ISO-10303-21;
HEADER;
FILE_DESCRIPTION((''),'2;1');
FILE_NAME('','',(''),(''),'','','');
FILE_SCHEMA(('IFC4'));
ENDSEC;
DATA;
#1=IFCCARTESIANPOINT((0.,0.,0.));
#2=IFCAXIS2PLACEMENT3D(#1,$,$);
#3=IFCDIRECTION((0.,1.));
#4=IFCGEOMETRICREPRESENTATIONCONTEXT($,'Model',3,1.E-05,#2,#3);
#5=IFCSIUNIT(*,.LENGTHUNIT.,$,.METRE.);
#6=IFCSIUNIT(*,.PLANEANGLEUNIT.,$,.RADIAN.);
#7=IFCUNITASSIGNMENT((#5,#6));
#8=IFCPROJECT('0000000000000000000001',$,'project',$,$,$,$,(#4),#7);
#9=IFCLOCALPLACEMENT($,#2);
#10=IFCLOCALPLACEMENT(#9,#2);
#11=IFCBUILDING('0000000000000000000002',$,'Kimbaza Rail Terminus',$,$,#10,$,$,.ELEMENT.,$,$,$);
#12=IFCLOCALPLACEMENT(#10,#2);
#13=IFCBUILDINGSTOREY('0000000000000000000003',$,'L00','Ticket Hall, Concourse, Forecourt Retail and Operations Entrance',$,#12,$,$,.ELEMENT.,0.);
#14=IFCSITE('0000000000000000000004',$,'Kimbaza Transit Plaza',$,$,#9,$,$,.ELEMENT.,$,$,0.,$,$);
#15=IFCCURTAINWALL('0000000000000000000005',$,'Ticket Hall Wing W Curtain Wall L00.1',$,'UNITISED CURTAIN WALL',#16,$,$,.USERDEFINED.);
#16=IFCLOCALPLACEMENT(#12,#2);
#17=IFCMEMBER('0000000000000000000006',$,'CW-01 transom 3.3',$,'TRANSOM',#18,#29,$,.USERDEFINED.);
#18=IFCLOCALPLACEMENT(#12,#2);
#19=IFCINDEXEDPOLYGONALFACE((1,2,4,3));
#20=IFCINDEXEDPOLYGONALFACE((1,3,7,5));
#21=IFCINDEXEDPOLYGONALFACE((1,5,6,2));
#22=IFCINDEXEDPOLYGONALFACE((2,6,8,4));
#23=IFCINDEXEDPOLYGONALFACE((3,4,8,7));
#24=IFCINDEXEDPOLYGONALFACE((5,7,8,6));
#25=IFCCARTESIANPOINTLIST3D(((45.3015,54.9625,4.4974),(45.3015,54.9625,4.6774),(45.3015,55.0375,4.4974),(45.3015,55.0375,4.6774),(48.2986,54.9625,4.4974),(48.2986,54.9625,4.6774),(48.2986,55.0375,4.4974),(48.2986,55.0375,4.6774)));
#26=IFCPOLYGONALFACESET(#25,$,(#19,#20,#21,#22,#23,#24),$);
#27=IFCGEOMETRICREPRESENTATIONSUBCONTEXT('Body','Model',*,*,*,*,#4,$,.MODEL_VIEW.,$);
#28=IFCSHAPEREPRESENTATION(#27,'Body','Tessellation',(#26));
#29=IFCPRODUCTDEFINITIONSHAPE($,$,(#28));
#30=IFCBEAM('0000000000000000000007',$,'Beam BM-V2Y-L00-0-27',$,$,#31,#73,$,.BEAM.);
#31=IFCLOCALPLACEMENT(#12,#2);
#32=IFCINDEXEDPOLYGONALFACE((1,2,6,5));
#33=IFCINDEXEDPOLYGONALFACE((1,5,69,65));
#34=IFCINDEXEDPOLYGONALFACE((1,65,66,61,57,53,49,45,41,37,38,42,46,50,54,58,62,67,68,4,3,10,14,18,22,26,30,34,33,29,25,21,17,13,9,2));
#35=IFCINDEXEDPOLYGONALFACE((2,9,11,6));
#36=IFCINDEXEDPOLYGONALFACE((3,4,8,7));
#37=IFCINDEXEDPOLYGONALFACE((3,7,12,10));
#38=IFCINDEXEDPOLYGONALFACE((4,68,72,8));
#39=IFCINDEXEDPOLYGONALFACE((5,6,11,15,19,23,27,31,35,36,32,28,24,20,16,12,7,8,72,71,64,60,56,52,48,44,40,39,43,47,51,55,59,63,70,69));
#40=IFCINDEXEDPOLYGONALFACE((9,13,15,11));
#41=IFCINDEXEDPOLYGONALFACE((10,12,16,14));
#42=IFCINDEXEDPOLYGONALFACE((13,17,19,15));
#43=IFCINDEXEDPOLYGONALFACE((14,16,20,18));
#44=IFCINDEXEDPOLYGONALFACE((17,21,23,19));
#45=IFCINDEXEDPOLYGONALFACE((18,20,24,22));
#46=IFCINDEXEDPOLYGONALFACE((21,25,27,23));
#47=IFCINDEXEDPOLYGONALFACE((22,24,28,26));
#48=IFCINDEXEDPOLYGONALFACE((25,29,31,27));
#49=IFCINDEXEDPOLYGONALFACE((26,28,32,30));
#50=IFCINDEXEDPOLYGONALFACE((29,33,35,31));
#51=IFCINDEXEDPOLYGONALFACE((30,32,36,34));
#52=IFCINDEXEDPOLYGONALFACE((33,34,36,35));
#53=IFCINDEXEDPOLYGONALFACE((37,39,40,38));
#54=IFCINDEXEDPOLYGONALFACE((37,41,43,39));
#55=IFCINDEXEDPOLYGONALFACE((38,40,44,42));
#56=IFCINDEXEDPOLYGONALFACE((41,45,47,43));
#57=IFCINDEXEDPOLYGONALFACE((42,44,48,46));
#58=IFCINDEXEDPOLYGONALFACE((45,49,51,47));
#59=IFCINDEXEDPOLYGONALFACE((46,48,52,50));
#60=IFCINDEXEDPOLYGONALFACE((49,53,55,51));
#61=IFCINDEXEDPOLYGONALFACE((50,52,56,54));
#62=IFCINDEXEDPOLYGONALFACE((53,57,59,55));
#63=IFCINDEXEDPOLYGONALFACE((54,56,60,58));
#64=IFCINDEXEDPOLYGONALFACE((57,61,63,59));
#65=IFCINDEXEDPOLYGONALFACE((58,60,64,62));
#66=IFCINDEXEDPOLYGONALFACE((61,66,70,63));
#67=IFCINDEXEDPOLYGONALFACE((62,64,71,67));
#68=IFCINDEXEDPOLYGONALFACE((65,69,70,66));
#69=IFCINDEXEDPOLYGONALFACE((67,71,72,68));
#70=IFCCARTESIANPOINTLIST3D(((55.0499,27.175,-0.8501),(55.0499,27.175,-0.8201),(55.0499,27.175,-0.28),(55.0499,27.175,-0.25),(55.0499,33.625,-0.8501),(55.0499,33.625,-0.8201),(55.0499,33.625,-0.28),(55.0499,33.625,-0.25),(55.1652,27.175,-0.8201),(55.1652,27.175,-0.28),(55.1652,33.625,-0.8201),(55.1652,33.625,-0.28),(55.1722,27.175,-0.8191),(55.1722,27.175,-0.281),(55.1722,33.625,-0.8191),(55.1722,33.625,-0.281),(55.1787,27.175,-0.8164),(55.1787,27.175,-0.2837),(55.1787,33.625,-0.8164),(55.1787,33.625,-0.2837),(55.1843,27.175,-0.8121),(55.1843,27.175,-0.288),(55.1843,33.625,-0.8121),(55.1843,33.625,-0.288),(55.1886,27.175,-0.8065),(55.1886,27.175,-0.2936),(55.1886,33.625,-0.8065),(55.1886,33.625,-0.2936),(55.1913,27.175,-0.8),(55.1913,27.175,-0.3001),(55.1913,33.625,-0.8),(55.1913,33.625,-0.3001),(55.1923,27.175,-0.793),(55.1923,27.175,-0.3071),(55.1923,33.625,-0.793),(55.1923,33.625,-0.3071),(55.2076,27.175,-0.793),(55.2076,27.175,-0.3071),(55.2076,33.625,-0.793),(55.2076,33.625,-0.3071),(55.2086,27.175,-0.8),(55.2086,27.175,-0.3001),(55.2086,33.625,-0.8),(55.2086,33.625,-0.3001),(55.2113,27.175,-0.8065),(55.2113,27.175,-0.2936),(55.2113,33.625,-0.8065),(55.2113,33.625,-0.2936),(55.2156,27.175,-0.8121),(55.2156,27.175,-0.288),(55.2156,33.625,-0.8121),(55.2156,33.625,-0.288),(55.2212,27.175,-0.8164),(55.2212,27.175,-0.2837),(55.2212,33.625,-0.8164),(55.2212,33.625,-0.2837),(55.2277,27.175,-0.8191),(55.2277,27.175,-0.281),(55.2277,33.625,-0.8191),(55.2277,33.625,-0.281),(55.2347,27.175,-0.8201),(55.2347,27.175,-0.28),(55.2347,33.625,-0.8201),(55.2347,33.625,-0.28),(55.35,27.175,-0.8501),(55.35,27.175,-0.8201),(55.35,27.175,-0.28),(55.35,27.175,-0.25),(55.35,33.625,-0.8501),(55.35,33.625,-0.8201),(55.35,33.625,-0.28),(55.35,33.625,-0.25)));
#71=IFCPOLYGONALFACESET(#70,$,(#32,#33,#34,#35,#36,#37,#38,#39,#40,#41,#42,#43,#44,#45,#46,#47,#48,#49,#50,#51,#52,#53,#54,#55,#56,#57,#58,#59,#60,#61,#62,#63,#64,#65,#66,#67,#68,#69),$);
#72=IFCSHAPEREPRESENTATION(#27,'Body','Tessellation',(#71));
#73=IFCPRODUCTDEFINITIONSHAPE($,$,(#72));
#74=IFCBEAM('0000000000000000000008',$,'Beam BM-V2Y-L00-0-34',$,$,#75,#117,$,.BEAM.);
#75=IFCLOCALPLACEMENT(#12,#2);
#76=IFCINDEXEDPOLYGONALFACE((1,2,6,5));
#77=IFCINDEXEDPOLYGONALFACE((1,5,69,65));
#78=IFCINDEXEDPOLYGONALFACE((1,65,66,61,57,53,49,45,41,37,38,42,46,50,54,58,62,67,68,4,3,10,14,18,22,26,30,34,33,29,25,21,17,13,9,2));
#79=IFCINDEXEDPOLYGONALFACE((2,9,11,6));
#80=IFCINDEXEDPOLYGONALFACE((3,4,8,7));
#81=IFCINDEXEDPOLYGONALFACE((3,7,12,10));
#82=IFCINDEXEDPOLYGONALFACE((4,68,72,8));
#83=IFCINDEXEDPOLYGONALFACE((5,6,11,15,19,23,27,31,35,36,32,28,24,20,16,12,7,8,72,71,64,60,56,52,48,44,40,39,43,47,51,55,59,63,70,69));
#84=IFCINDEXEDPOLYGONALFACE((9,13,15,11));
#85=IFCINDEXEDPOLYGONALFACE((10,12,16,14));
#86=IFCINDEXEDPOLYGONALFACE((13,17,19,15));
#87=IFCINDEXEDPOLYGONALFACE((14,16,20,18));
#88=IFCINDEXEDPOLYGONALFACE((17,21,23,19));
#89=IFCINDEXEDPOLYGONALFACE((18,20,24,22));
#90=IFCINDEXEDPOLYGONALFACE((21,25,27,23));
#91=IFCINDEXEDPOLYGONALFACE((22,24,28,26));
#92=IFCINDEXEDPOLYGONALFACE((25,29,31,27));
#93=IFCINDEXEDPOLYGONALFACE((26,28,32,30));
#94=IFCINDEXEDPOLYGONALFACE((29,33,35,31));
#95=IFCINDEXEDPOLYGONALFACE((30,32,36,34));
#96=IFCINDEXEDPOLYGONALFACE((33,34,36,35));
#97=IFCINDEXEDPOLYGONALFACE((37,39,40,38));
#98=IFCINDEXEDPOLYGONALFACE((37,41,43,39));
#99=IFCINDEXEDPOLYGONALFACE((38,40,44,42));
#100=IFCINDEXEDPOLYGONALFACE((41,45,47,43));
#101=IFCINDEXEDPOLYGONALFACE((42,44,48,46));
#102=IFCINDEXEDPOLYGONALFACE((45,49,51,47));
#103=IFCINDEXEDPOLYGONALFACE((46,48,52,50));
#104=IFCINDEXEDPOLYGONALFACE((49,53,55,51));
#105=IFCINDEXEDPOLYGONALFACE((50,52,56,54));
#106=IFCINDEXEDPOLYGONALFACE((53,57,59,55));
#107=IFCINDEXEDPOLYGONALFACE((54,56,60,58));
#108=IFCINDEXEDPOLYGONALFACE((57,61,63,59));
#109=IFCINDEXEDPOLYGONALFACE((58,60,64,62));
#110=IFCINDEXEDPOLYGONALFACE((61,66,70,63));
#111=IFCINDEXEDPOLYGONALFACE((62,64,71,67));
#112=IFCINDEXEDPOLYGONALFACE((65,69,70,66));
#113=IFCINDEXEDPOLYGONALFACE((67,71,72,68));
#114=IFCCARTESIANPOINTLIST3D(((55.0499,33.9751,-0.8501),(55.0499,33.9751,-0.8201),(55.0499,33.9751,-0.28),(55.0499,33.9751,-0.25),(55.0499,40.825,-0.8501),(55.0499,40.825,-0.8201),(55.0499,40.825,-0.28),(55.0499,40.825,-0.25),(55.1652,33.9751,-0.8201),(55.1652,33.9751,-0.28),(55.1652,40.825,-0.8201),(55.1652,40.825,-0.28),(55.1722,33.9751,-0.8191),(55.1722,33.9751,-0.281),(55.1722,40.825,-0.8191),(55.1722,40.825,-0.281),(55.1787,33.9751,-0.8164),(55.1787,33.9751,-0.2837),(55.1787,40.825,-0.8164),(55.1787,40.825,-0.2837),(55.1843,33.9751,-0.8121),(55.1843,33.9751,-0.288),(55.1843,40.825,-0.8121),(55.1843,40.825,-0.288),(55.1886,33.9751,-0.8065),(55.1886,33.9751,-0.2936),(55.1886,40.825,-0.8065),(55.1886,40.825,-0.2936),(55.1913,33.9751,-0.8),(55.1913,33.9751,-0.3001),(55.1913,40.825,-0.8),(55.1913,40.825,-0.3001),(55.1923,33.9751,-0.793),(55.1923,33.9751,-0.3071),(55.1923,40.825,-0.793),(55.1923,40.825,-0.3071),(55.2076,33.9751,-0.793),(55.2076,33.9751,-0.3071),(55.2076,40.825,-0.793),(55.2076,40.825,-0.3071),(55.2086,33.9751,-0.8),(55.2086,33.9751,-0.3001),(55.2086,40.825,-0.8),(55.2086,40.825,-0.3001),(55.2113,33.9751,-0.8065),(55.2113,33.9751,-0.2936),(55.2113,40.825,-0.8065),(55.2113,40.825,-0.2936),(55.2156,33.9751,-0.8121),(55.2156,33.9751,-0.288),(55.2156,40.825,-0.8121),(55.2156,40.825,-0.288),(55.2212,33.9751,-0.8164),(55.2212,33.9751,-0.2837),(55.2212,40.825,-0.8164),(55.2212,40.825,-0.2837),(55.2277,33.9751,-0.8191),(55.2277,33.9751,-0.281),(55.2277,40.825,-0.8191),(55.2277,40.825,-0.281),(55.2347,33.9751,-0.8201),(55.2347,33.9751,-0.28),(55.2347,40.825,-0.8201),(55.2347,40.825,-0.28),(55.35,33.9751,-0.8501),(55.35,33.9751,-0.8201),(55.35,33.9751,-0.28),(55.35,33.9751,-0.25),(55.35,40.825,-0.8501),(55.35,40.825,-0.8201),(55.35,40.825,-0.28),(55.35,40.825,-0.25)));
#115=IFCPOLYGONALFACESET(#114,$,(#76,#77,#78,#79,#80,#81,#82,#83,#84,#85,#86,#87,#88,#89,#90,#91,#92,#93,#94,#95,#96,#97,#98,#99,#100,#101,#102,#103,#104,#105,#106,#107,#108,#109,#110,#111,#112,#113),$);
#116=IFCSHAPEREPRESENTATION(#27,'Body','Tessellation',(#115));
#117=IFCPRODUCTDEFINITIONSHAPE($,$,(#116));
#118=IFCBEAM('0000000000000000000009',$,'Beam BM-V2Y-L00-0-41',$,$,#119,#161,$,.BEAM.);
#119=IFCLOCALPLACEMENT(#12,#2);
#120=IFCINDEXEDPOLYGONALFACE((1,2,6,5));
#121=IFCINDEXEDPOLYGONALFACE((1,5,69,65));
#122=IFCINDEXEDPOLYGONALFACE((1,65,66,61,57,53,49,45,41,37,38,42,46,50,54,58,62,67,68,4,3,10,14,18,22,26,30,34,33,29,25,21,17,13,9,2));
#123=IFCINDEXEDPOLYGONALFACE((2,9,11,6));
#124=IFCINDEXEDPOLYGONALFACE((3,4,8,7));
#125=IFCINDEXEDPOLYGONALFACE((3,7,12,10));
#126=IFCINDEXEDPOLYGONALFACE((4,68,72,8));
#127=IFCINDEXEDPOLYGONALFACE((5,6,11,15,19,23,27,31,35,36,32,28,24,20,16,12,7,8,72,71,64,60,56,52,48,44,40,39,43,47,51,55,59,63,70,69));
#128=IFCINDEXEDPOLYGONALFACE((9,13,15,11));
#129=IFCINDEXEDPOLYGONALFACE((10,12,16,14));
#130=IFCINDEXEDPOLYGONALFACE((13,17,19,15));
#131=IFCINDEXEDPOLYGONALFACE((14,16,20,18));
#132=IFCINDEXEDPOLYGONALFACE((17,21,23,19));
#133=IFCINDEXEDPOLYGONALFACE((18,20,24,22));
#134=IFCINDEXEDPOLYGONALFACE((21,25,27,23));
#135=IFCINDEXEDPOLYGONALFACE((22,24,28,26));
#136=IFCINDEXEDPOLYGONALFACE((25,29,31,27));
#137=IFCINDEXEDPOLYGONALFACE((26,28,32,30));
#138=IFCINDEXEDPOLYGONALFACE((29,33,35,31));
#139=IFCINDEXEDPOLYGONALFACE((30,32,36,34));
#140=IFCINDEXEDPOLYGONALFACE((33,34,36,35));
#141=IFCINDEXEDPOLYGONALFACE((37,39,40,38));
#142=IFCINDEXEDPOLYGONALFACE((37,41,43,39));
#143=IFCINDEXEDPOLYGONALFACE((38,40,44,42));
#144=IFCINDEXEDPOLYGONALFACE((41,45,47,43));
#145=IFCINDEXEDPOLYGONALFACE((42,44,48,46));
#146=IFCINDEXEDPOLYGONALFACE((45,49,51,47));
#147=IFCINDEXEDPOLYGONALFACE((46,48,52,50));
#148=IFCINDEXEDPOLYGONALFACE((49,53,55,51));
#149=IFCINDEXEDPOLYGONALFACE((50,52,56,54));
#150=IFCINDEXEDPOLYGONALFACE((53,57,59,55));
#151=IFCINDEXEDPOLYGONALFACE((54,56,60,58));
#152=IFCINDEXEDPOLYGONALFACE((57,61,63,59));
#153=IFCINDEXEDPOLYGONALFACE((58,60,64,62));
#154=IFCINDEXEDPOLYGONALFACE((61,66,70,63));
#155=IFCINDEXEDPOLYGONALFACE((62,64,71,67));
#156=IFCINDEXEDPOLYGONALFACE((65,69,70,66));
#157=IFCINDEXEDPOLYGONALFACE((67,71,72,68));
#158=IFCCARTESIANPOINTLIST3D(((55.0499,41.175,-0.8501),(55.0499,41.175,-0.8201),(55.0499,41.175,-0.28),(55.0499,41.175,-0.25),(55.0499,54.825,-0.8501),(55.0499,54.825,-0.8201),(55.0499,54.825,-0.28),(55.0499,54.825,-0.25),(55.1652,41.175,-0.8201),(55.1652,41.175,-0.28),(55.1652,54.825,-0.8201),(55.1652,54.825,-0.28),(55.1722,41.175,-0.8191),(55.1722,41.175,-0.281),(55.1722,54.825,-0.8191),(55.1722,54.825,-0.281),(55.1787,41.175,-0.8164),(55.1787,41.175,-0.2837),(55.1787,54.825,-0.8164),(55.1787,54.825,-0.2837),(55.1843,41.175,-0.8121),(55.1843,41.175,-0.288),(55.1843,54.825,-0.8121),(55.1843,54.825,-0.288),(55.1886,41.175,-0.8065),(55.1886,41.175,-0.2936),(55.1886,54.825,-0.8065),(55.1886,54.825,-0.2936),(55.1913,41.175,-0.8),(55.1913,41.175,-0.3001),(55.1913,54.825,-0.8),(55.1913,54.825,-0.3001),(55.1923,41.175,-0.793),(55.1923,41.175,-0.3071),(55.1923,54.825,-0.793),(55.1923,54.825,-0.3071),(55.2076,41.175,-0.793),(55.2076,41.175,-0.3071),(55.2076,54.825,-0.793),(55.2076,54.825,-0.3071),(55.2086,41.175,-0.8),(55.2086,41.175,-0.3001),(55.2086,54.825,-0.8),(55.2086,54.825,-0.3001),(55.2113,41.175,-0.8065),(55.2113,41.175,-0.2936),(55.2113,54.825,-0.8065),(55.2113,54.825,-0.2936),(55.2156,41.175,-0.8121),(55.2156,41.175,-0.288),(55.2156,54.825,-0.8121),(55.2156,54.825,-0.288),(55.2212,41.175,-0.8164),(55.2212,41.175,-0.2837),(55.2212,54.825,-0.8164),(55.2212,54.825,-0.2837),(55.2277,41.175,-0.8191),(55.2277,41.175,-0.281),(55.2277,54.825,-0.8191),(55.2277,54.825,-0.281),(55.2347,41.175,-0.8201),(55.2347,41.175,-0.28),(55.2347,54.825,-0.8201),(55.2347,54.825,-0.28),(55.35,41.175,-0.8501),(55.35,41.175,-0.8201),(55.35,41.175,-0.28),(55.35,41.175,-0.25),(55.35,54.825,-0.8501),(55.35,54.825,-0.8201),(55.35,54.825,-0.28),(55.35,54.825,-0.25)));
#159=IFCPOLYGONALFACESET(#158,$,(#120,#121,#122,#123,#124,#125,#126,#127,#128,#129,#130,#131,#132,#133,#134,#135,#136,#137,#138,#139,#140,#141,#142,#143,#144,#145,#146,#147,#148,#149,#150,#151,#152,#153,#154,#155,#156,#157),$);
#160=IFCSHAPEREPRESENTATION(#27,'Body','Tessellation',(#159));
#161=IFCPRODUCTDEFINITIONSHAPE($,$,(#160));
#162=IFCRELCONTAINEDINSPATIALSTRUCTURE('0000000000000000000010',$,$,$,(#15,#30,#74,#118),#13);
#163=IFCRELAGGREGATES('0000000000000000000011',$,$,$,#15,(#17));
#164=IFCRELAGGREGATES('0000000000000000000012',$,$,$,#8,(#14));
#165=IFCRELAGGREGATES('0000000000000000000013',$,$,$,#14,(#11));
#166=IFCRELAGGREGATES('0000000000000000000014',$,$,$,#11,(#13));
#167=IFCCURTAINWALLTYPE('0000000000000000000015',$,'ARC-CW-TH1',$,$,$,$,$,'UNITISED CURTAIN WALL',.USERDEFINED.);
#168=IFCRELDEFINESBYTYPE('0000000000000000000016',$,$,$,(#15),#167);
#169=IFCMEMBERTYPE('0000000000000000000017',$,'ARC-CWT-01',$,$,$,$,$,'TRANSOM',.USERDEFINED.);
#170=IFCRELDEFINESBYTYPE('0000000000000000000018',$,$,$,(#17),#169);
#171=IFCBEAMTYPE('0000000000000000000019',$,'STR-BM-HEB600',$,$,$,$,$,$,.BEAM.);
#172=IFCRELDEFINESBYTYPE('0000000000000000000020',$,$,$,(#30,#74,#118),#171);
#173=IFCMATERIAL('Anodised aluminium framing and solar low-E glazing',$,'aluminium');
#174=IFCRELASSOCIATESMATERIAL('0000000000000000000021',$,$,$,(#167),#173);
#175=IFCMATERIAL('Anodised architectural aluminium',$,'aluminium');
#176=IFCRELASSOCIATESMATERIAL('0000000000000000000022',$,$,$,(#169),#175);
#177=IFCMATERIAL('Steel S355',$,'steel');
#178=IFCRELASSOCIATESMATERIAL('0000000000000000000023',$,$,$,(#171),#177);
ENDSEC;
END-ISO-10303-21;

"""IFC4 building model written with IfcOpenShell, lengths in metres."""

from ifc_helpers import new_model, si_unit, direction, frame, origin, origin_2d, place, context, subcontext, project, spatial, rectangle, i_section, extrude, material, material_profile, profile_set, type_object, element, aggregate, save


model = new_model("IFC4")

# Units and contexts
model_context = context("Model", 3, precision=1e-05, world=origin(), true_north=direction((0.0, 1.0)))
body_context = subcontext(model_context, "Body", "Model", "MODEL_VIEW")
ifc_project = project(units=[si_unit("LENGTHUNIT", "METRE"), si_unit("PLANEANGLEUNIT", "RADIAN")], contexts=[model_context])

# Site, building, storey
site_placement = place(None, origin())
site = spatial("IfcSite", under=ifc_project, at=site_placement, Name="Kimbaza Transit Plaza", CompositionType="ELEMENT", RefElevation=0.0)
building_placement = place(site_placement, origin())
building = spatial("IfcBuilding", under=site, at=building_placement, Name="Kimbaza Rail Terminus", CompositionType="ELEMENT")
storey_placement = place(building_placement, origin())
storey = spatial("IfcBuildingStorey", under=building, at=storey_placement, Name="L00", Description="Ticket Hall, Concourse, Forecourt Retail and Operations Entrance", CompositionType="ELEMENT", Elevation=0.0)

# Curtain wall, member
ifc_material_1 = material(Name="Anodised aluminium framing and solar low-E glazing", Category="aluminium")
curtain_wall_type = type_object("IfcCurtainWallType", Name="ARC-CW-TH1", ElementType="UNITISED CURTAIN WALL", PredefinedType="USERDEFINED", material=ifc_material_1)
curtain_wall_placement = place(storey_placement, origin())
curtain_wall = element("IfcCurtainWall", 1, at=curtain_wall_placement, inside=storey, type_object=curtain_wall_type, Name="Ticket Hall Wing W Curtain Wall L00.1", ObjectType="UNITISED CURTAIN WALL", PredefinedType="USERDEFINED")
ifc_material_2 = material(Name="Anodised architectural aluminium", Category="aluminium")
ifc_material_profile_1 = material_profile(ifc_material_2, rectangle(XDim=0.075, YDim=0.1799, at=origin_2d()), Name="TRANSOM 75x180")
ifc_profile_set_1 = profile_set([ifc_material_profile_1], Name="Anodised architectural aluminium")
member_type_1 = type_object("IfcMemberType", Name="ARC-CWT-01", ElementType="TRANSOM", PredefinedType="USERDEFINED", material=ifc_profile_set_1)
member_1_placement = place(storey_placement, frame((45.3015, 55.0, 4.5874), z_axis=(1.0, 0.0, 0.0), x_axis=(0.0, 1.0, 0.0)))
member_1 = element("IfcMember", 2, at=member_1_placement, type_object=member_type_1, Name="CW-01 transom 3.3", ObjectType="TRANSOM", PredefinedType="USERDEFINED", context=body_context, shape_type="SweptSolid", body=[
    extrude(rectangle(XDim=0.075, YDim=0.1799, at=origin_2d()), origin(), (0.0, 0.0, 1.0), 2.9971),
])

# Beams
ifc_material_3 = material(Name="Steel S355", Category="steel")
ifc_material_profile_2 = material_profile(ifc_material_3, i_section(OverallWidth=0.3, OverallDepth=0.6001, WebThickness=0.0154, FlangeThickness=0.03, FilletRadius=0.0271, at=origin_2d()), Name="HEB 600")
ifc_profile_set_2 = profile_set([ifc_material_profile_2], Name="Steel S355")
beam_type = type_object("IfcBeamType", Name="STR-BM-HEB600", PredefinedType="BEAM", material=ifc_profile_set_2)
beam_1_placement = place(storey_placement, frame((55.2, 27.175, -0.55), z_axis=(0.0, 1.0, 0.0), x_axis=(-1.0, 0.0, 0.0)))
element("IfcBeam", 3, at=beam_1_placement, inside=storey, type_object=beam_type, Name="Beam BM-V2Y-L00-0-27", PredefinedType="BEAM", context=body_context, shape_type="SweptSolid", body=[
    extrude(i_section(OverallWidth=0.3, OverallDepth=0.6001, WebThickness=0.0154, FlangeThickness=0.03, FilletRadius=0.0271, at=origin_2d()), origin(), (0.0, 0.0, 1.0), 6.45),
])
beam_2_placement = place(storey_placement, frame((55.2, 33.9751, -0.55), z_axis=(0.0, 1.0, 0.0), x_axis=(-1.0, 0.0, 0.0)))
element("IfcBeam", 4, at=beam_2_placement, inside=storey, type_object=beam_type, Name="Beam BM-V2Y-L00-0-34", PredefinedType="BEAM", context=body_context, shape_type="SweptSolid", body=[
    extrude(i_section(OverallWidth=0.3, OverallDepth=0.6001, WebThickness=0.0154, FlangeThickness=0.03, FilletRadius=0.0271, at=origin_2d()), origin(), (0.0, 0.0, 1.0), 6.8499),
])
beam_3_placement = place(storey_placement, frame((55.2, 41.175, -0.55), z_axis=(0.0, 1.0, 0.0), x_axis=(-1.0, 0.0, 0.0)))
element("IfcBeam", 5, at=beam_3_placement, inside=storey, type_object=beam_type, Name="Beam BM-V2Y-L00-0-41", PredefinedType="BEAM", context=body_context, shape_type="SweptSolid", body=[
    extrude(i_section(OverallWidth=0.3, OverallDepth=0.6001, WebThickness=0.0154, FlangeThickness=0.03, FilletRadius=0.0271, at=origin_2d()), origin(), (0.0, 0.0, 1.0), 13.6499),
])

aggregate(curtain_wall, [member_1])

save(model, "model.ifc")
